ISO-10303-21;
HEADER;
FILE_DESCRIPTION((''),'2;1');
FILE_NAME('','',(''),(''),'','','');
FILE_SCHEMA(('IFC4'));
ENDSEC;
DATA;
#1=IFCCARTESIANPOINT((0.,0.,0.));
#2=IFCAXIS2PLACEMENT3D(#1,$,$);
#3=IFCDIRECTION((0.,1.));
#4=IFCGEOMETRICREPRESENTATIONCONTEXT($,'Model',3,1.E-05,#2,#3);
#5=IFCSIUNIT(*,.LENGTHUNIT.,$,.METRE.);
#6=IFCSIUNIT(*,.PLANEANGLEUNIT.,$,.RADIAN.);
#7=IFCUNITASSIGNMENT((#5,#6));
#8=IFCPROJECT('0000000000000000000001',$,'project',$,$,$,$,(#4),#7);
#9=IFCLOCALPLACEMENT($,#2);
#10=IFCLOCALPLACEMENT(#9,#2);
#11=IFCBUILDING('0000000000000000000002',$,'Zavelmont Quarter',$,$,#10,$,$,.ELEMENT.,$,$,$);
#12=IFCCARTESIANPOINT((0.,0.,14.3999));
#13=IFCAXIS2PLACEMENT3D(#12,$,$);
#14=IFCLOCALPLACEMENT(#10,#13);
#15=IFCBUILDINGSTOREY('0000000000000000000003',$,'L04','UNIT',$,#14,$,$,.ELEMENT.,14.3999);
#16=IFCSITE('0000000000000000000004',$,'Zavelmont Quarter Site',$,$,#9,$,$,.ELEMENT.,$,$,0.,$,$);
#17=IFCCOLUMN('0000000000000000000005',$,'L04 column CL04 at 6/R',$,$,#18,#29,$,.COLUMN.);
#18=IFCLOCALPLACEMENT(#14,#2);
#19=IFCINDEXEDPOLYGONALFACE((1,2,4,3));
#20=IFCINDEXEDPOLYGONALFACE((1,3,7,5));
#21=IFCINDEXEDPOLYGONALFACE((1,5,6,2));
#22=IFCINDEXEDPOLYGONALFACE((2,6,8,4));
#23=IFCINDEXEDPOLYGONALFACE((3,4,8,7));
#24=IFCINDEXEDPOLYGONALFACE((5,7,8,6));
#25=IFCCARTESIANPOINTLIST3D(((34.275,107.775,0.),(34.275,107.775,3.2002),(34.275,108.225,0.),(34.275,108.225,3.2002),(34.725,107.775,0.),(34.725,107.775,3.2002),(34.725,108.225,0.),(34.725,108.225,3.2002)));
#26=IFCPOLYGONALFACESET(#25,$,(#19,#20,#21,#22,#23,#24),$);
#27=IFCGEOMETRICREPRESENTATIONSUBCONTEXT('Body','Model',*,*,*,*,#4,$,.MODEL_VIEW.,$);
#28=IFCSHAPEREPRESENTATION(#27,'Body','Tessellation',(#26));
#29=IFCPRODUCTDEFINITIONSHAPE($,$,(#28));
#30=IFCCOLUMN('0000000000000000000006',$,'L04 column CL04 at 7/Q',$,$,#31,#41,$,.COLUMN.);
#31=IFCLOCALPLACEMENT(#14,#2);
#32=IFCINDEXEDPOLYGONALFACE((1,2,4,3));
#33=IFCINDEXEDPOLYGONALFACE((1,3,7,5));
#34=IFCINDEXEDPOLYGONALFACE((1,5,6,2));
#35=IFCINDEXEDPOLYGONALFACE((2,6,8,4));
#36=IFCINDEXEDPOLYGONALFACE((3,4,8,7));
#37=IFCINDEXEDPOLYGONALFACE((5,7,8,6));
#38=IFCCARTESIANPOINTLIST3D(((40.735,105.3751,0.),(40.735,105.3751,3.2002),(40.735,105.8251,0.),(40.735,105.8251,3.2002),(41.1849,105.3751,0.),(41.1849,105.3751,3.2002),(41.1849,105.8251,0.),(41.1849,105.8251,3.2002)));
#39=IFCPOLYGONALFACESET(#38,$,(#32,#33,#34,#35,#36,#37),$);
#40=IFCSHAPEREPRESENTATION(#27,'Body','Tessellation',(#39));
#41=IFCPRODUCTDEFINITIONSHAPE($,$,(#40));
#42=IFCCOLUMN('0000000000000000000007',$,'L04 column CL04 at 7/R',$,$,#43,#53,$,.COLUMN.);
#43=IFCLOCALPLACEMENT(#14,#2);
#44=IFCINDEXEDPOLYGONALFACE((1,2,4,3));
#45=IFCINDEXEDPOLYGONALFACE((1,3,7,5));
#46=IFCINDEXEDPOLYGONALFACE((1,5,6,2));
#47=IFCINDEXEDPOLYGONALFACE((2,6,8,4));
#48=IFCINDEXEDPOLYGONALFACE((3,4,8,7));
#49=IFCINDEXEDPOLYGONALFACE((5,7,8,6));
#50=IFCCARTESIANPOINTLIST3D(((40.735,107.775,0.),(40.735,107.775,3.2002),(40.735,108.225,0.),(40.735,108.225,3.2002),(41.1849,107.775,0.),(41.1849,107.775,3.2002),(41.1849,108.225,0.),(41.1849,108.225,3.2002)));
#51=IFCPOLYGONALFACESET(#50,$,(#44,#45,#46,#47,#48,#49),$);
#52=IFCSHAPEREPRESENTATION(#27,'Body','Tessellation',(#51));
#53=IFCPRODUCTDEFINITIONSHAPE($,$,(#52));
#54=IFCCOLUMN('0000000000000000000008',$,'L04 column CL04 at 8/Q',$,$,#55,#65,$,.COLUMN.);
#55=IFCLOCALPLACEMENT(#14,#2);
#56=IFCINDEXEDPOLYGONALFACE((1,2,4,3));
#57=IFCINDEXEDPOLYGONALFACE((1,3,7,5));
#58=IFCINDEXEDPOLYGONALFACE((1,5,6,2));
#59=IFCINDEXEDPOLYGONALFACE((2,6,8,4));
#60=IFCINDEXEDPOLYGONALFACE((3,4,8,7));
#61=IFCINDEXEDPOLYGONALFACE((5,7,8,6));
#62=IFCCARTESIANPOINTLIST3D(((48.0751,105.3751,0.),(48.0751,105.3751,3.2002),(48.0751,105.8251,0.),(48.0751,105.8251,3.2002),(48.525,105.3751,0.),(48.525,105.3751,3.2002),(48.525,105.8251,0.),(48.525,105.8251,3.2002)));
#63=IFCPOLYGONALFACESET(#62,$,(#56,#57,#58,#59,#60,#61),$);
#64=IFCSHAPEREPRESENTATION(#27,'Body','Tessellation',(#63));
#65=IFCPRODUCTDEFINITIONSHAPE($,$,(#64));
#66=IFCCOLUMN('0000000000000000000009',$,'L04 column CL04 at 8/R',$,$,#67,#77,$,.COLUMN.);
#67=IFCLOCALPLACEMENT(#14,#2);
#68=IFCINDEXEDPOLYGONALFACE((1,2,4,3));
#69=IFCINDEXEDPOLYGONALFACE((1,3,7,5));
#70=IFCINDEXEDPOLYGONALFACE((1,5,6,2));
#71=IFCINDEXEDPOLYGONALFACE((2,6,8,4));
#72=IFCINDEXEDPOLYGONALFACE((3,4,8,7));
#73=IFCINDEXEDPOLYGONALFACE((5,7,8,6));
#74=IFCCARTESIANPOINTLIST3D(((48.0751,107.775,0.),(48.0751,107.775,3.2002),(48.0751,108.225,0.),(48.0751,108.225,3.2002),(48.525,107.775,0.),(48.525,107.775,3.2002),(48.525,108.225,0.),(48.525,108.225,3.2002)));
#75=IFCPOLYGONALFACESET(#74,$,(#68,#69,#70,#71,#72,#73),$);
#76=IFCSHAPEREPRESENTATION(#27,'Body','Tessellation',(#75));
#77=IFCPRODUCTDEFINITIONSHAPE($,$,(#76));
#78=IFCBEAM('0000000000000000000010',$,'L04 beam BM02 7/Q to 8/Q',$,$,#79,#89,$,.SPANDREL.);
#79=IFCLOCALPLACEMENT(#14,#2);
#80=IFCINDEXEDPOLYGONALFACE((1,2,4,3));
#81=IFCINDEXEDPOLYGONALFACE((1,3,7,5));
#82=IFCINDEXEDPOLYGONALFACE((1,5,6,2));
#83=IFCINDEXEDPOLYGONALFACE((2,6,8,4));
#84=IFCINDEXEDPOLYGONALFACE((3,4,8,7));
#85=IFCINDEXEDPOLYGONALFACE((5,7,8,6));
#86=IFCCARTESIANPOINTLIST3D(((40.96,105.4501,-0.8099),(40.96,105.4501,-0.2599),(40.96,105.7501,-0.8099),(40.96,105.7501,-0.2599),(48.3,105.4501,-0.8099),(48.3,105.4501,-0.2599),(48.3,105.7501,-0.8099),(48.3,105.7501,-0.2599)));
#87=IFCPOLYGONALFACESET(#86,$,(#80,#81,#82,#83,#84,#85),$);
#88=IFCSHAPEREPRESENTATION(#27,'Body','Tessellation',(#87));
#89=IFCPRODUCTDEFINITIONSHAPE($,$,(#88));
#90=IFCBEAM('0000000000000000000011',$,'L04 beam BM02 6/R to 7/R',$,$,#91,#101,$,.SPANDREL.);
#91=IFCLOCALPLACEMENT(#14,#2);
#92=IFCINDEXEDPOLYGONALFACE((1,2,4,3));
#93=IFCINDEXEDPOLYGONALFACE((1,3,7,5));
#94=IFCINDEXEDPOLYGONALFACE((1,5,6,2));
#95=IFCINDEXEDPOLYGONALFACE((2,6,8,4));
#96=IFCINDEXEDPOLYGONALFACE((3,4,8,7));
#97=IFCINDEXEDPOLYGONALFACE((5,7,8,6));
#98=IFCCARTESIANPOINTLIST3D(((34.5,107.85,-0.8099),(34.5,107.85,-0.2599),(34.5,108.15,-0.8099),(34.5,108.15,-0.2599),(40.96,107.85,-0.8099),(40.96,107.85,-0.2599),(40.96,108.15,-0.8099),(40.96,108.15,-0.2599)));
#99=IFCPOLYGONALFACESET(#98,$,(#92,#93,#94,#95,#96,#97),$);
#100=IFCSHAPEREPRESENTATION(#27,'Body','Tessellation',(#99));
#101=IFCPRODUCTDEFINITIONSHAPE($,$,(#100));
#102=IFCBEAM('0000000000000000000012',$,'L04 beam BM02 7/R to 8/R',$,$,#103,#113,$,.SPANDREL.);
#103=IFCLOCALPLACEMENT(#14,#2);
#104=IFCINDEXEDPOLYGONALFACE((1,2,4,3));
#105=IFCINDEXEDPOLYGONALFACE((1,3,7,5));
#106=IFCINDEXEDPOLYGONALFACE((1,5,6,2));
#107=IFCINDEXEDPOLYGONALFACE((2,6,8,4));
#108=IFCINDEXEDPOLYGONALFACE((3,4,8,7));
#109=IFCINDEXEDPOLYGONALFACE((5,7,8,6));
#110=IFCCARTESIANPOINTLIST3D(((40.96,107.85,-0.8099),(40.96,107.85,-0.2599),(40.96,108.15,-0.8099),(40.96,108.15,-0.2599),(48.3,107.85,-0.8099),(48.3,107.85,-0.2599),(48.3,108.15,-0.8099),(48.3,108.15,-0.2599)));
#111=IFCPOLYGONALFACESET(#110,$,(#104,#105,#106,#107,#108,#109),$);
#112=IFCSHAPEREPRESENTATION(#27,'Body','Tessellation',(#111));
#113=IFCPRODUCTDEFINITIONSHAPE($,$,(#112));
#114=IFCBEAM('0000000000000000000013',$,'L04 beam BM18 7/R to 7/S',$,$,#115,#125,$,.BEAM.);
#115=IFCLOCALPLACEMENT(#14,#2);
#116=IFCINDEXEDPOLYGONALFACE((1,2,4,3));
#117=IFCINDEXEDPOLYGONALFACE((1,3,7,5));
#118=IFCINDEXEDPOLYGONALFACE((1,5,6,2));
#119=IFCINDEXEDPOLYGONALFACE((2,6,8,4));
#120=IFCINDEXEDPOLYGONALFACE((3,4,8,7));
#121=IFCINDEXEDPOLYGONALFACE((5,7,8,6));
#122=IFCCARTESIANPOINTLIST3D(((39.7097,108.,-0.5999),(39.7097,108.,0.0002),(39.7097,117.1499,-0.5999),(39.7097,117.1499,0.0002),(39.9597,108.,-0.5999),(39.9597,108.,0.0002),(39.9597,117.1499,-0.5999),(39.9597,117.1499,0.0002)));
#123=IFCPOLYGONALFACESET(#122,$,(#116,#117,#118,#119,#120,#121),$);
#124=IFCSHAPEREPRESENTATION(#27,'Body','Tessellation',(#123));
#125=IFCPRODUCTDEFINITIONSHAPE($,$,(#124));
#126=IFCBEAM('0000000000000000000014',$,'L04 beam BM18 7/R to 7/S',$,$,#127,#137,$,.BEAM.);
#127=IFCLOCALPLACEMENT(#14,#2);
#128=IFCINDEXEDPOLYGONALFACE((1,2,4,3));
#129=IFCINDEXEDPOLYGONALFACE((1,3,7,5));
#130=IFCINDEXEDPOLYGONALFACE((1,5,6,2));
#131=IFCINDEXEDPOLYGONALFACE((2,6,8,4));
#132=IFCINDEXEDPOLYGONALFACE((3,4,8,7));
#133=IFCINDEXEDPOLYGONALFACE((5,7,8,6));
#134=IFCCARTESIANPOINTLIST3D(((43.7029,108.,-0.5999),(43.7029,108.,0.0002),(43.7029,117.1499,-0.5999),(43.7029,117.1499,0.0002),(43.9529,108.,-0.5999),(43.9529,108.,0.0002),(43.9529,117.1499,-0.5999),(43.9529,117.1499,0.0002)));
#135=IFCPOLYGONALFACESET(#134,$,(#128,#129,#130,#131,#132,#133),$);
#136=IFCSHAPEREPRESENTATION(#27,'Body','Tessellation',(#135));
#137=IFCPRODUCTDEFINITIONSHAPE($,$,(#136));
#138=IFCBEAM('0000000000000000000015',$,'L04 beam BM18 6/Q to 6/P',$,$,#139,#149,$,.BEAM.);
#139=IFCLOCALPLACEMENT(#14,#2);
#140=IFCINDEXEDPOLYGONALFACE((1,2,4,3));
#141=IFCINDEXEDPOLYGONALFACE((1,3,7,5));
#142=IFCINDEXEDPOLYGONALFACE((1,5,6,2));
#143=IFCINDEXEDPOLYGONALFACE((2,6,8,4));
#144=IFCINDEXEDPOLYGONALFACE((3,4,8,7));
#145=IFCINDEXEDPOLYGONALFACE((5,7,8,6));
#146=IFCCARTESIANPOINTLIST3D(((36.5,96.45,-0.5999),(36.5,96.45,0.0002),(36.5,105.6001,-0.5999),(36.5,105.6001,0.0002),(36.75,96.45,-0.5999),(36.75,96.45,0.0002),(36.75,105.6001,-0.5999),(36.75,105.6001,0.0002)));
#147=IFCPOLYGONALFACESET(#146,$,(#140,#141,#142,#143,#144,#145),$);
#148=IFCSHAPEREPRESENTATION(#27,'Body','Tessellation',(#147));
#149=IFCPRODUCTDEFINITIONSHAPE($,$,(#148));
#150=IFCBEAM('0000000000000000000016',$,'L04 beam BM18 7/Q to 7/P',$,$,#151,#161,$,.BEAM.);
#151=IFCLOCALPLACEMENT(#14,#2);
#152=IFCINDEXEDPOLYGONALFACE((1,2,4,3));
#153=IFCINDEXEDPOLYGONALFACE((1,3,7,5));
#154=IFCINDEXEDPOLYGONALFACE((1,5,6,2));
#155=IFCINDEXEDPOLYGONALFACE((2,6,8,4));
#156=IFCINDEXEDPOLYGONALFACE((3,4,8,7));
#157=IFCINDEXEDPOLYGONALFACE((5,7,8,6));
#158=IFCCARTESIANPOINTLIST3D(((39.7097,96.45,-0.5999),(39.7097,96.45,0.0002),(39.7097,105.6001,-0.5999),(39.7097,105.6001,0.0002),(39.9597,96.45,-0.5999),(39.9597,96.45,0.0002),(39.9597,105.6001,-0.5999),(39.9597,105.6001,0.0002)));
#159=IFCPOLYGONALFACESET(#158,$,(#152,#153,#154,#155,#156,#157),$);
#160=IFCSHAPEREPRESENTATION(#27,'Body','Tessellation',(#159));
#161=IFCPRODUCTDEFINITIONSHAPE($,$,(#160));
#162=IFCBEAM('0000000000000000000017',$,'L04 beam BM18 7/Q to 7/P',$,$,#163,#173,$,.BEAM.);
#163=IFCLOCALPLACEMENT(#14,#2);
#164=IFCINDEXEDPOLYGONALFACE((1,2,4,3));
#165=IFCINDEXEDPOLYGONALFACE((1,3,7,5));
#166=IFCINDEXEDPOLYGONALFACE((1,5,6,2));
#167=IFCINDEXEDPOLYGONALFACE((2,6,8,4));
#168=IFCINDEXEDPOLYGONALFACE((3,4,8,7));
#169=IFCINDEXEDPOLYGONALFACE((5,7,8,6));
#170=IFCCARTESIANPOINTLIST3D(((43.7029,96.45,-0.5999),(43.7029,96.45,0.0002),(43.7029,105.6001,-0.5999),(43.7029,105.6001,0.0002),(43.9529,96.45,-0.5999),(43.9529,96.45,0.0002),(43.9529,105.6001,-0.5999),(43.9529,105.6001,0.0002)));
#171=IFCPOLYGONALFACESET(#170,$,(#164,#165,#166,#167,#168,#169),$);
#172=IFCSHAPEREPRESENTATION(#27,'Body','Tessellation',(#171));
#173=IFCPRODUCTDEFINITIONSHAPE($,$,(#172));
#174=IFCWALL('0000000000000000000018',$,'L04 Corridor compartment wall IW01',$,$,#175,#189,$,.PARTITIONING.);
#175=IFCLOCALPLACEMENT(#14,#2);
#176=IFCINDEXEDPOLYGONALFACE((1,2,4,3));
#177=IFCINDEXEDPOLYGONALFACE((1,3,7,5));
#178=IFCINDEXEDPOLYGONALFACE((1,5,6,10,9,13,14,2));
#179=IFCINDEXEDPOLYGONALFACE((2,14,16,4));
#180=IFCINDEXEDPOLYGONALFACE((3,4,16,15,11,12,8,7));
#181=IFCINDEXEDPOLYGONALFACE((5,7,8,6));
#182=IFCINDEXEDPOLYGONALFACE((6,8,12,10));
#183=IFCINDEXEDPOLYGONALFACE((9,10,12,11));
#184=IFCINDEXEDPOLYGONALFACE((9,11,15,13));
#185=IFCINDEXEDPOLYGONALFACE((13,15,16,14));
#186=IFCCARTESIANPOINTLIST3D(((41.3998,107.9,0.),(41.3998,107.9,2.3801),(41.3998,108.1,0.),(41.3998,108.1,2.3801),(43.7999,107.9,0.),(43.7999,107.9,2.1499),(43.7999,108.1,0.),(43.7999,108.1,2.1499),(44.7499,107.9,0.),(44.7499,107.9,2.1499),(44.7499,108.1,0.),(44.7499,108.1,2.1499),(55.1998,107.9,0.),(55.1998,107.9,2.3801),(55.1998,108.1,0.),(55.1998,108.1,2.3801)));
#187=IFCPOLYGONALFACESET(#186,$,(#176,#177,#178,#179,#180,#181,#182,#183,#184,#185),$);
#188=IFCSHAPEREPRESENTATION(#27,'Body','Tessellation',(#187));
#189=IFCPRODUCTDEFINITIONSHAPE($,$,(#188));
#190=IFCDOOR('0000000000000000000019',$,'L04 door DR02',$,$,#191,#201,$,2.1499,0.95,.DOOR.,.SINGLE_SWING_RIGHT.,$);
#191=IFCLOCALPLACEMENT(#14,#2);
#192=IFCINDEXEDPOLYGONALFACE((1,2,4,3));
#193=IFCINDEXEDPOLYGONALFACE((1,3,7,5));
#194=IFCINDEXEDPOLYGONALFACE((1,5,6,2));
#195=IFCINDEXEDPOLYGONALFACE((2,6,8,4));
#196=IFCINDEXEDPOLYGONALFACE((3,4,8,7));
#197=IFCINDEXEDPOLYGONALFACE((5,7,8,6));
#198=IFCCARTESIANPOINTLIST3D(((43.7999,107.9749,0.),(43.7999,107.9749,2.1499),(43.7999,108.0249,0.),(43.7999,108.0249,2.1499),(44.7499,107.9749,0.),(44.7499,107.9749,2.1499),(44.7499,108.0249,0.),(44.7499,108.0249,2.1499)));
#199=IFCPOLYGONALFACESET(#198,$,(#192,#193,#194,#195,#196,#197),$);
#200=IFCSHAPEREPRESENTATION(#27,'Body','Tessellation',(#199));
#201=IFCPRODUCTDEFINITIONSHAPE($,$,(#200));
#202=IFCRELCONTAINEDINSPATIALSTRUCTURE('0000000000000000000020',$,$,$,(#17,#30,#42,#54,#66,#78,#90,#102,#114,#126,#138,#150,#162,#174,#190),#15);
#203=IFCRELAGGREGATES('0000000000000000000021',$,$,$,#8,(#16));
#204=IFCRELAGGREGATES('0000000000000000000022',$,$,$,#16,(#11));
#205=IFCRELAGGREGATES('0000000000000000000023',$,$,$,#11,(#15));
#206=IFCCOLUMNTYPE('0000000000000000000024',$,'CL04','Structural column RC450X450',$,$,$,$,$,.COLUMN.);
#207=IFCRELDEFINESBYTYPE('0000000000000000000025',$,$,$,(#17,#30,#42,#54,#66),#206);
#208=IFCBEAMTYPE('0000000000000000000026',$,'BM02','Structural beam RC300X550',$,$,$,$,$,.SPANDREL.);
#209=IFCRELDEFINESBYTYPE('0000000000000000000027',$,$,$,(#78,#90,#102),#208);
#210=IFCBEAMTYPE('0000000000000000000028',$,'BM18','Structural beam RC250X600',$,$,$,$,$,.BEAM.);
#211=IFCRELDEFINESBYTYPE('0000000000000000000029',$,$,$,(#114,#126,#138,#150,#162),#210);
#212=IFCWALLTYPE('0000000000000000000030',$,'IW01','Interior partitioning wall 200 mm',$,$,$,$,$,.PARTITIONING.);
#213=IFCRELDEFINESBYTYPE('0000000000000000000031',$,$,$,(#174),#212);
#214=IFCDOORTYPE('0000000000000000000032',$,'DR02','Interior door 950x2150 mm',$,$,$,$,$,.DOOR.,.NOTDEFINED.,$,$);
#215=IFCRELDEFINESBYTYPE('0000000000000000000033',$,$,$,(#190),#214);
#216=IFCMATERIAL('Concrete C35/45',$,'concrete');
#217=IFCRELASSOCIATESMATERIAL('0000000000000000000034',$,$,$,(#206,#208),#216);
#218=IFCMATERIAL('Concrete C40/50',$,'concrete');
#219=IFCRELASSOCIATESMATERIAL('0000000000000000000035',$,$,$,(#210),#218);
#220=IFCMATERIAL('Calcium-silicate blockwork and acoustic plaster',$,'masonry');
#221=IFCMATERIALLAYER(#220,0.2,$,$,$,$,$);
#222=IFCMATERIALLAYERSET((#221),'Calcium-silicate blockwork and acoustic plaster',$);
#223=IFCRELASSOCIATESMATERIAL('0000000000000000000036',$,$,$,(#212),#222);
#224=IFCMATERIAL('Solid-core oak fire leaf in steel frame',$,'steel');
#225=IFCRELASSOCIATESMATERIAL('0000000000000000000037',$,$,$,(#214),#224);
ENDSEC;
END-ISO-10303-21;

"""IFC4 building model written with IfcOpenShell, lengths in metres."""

from ifc_helpers import new_model, si_unit, direction, frame, frame_2d, origin, origin_with_axes, origin_2d, place, context, subcontext, project, spatial, rectangle, extrude, material, layer, layer_set, material_profile, profile_set, type_object, element, fill, save


model = new_model("IFC4")

# Units and contexts
model_context = context("Model", 3, precision=1e-05, world=origin(), true_north=direction((0.0, 1.0)))
body_context = subcontext(model_context, "Body", "Model", "MODEL_VIEW")
ifc_project = project(units=[si_unit("LENGTHUNIT", "METRE"), si_unit("PLANEANGLEUNIT", "RADIAN")], contexts=[model_context])

# Site, building, storey
site_placement = place(None, origin())
site = spatial("IfcSite", under=ifc_project, at=site_placement, Name="Zavelmont Quarter Site", CompositionType="ELEMENT", RefElevation=0.0)
building_placement = place(site_placement, origin())
building = spatial("IfcBuilding", under=site, at=building_placement, Name="Zavelmont Quarter", CompositionType="ELEMENT")
storey_placement = place(building_placement, frame((0.0, 0.0, 14.3999)))
storey = spatial("IfcBuildingStorey", under=building, at=storey_placement, Name="L04", Description="UNIT", CompositionType="ELEMENT", Elevation=14.3999)

# Columns
ifc_material_1 = material(Name="Concrete C35/45", Category="concrete")
ifc_material_profile_1 = material_profile(ifc_material_1, rectangle(XDim=0.45, YDim=0.45, at=origin_2d()), Name="RC450X450")
ifc_profile_set_1 = profile_set([ifc_material_profile_1], Name="Concrete C35/45")
column_type = type_object("IfcColumnType", Name="CL04", Description="Structural column RC450X450", PredefinedType="COLUMN", material=ifc_profile_set_1)
for number, where, z_axis, x_axis, name in (
    (1, (34.5, 108.0, 0.0), (0.0, 0.0, 1.0), (1.0, 0.0, 0.0), "L04 column CL04 at 6/R"),
    (2, (40.96, 105.6001, 0.0), (0.0, 0.0, 1.0), (1.0, 0.0, 0.0), "L04 column CL04 at 7/Q"),
    (3, (40.96, 108.0, 0.0), (0.0, 0.0, 1.0), (1.0, 0.0, 0.0), "L04 column CL04 at 7/R"),
    (4, (48.3, 105.6001, 0.0), (0.0, 0.0, 1.0), (1.0, 0.0, 0.0), "L04 column CL04 at 8/Q"),
    (5, (48.3, 108.0, 0.0), (0.0, 0.0, 1.0), (1.0, 0.0, 0.0), "L04 column CL04 at 8/R"),
):
    element("IfcColumn", number, at=place(storey_placement, frame(where, z_axis=z_axis, x_axis=x_axis)), inside=storey, type_object=column_type, Name=name, PredefinedType="COLUMN", context=body_context, shape_type="SweptSolid", body=[
        extrude(rectangle(XDim=0.45, YDim=0.45, at=origin_2d()), origin(), (0.0, 0.0, 1.0), 3.2002),
    ])

# Beams
ifc_material_profile_2 = material_profile(ifc_material_1, rectangle(XDim=0.3, YDim=0.55, at=origin_2d()), Name="RC300X550")
ifc_profile_set_2 = profile_set([ifc_material_profile_2], Name="Concrete C35/45")
beam_type_1 = type_object("IfcBeamType", Name="BM02", Description="Structural beam RC300X550", PredefinedType="SPANDREL", material=ifc_profile_set_2)
beam_1_placement = place(storey_placement, frame((40.96, 105.6001, -0.5349), z_axis=(1.0, 0.0, 0.0), x_axis=(0.0, 1.0, 0.0)))
element("IfcBeam", 6, at=beam_1_placement, inside=storey, type_object=beam_type_1, Name="L04 beam BM02 7/Q to 8/Q", PredefinedType="SPANDREL", context=body_context, shape_type="SweptSolid", body=[
    extrude(rectangle(XDim=0.3, YDim=0.55, at=origin_2d()), origin(), (0.0, 0.0, 1.0), 7.3401),
])
beam_2_placement = place(storey_placement, frame((34.5, 108.0, -0.5349), z_axis=(1.0, 0.0, 0.0), x_axis=(0.0, 1.0, 0.0)))
element("IfcBeam", 7, at=beam_2_placement, inside=storey, type_object=beam_type_1, Name="L04 beam BM02 6/R to 7/R", PredefinedType="SPANDREL", context=body_context, shape_type="SweptSolid", body=[
    extrude(rectangle(XDim=0.3, YDim=0.55, at=origin_2d()), origin(), (0.0, 0.0, 1.0), 6.46),
])
beam_3_placement = place(storey_placement, frame((40.96, 108.0, -0.5349), z_axis=(1.0, 0.0, 0.0), x_axis=(0.0, 1.0, 0.0)))
element("IfcBeam", 8, at=beam_3_placement, inside=storey, type_object=beam_type_1, Name="L04 beam BM02 7/R to 8/R", PredefinedType="SPANDREL", context=body_context, shape_type="SweptSolid", body=[
    extrude(rectangle(XDim=0.3, YDim=0.55, at=origin_2d()), origin(), (0.0, 0.0, 1.0), 7.3401),
])
ifc_material_2 = material(Name="Concrete C40/50", Category="concrete")
ifc_material_profile_3 = material_profile(ifc_material_2, rectangle(XDim=0.25, YDim=0.6001, at=origin_2d()), Name="RC250X600")
ifc_profile_set_3 = profile_set([ifc_material_profile_3], Name="Concrete C40/50")
beam_type_2 = type_object("IfcBeamType", Name="BM18", Description="Structural beam RC250X600", PredefinedType="BEAM", material=ifc_profile_set_3)
for number, where, z_axis, x_axis, name in (
    (9, (39.8347, 108.0, -0.2998), (0.0, 1.0, 0.0), (-1.0, 0.0, 0.0), "L04 beam BM18 7/R to 7/S"),
    (10, (43.8279, 108.0, -0.2998), (0.0, 1.0, 0.0), (-1.0, 0.0, 0.0), "L04 beam BM18 7/R to 7/S"),
):
    element("IfcBeam", number, at=place(storey_placement, frame(where, z_axis=z_axis, x_axis=x_axis)), inside=storey, type_object=beam_type_2, Name=name, PredefinedType="BEAM", context=body_context, shape_type="SweptSolid", body=[
        extrude(rectangle(XDim=0.25, YDim=0.6001, at=origin_2d()), origin(), (0.0, 0.0, 1.0), 9.1499),
    ])
for number, where, z_axis, x_axis, name in (
    (11, (36.625, 105.6001, -0.2998), (0.0, -1.0, 0.0), (1.0, 0.0, 0.0), "L04 beam BM18 6/Q to 6/P"),
    (12, (39.8347, 105.6001, -0.2998), (0.0, -1.0, 0.0), (1.0, 0.0, 0.0), "L04 beam BM18 7/Q to 7/P"),
    (13, (43.8279, 105.6001, -0.2998), (0.0, -1.0, 0.0), (1.0, 0.0, 0.0), "L04 beam BM18 7/Q to 7/P"),
):
    element("IfcBeam", number, at=place(storey_placement, frame(where, z_axis=z_axis, x_axis=x_axis)), inside=storey, type_object=beam_type_2, Name=name, PredefinedType="BEAM", context=body_context, shape_type="SweptSolid", body=[
        extrude(rectangle(XDim=0.25, YDim=0.6001, at=origin_2d()), origin(), (0.0, 0.0, 1.0), 9.1501),
    ])

# Wall, opening, door
ifc_material_3 = material(Name="Calcium-silicate blockwork and acoustic plaster", Category="masonry")
ifc_layer_1 = layer(ifc_material_3, 0.2)
ifc_layer_set_1 = layer_set([ifc_layer_1], Name="Calcium-silicate blockwork and acoustic plaster")
wall_type_1 = type_object("IfcWallType", Name="IW01", Description="Interior partitioning wall 200 mm", PredefinedType="PARTITIONING", material=ifc_layer_set_1)
ifc_material_4 = material(Name="Solid-core oak fire leaf in steel frame", Category="steel")
door_type_1 = type_object("IfcDoorType", Name="DR02", Description="Interior door 950x2150 mm", OperationType="NOTDEFINED", PredefinedType="DOOR", material=ifc_material_4)
wall_1_placement = place(storey_placement, frame((41.3999, 108.0, 0.0), z_axis=(0.0, 0.0, 1.0), x_axis=(1.0, 0.0, 0.0)))
wall_1 = element("IfcWall", 14, at=wall_1_placement, inside=storey, type_object=wall_type_1, Name="L04 Corridor compartment wall IW01", PredefinedType="PARTITIONING", context=body_context, shape_type="SweptSolid", body=[
    extrude(rectangle(XDim=13.8, YDim=0.2, at=frame_2d((6.8999, 0.0))), origin(), (0.0, 0.0, 1.0), 2.3801),
])
opening_1_placement = place(wall_1_placement, frame((2.3999, 0.0, 0.0)))
opening_1 = element("IfcOpeningElement", 15, at=opening_1_placement, cuts=wall_1, PredefinedType="OPENING", context=body_context, shape_type="SweptSolid", body=[
    extrude(rectangle(XDim=0.95, YDim=2.1499, at=frame_2d((0.4751, 1.075))), frame((0.0, 0.1118, 0.0), z_axis=(0.0, -1.0, 0.0), x_axis=(1.0, 0.0, 0.0)), (0.0, 0.0, 1.0), 0.2239),
])
door_1_placement = place(opening_1_placement, origin_with_axes())
door_1 = element("IfcDoor", 16, at=door_1_placement, inside=storey, type_object=door_type_1, Name="L04 door DR02", OperationType="SINGLE_SWING_RIGHT", OverallHeight=2.1499, OverallWidth=0.95, PredefinedType="DOOR", context=body_context, shape_type="SweptSolid", body=[
    extrude(rectangle(XDim=0.95, YDim=2.1499, at=frame_2d((0.4751, 1.075))), frame((0.0, 0.0249, 0.0), z_axis=(0.0, -1.0, 0.0), x_axis=(1.0, 0.0, 0.0)), (0.0, 0.0, 1.0), 0.05),
])
fill(opening_1, door_1)

save(model, "model.ifc")
